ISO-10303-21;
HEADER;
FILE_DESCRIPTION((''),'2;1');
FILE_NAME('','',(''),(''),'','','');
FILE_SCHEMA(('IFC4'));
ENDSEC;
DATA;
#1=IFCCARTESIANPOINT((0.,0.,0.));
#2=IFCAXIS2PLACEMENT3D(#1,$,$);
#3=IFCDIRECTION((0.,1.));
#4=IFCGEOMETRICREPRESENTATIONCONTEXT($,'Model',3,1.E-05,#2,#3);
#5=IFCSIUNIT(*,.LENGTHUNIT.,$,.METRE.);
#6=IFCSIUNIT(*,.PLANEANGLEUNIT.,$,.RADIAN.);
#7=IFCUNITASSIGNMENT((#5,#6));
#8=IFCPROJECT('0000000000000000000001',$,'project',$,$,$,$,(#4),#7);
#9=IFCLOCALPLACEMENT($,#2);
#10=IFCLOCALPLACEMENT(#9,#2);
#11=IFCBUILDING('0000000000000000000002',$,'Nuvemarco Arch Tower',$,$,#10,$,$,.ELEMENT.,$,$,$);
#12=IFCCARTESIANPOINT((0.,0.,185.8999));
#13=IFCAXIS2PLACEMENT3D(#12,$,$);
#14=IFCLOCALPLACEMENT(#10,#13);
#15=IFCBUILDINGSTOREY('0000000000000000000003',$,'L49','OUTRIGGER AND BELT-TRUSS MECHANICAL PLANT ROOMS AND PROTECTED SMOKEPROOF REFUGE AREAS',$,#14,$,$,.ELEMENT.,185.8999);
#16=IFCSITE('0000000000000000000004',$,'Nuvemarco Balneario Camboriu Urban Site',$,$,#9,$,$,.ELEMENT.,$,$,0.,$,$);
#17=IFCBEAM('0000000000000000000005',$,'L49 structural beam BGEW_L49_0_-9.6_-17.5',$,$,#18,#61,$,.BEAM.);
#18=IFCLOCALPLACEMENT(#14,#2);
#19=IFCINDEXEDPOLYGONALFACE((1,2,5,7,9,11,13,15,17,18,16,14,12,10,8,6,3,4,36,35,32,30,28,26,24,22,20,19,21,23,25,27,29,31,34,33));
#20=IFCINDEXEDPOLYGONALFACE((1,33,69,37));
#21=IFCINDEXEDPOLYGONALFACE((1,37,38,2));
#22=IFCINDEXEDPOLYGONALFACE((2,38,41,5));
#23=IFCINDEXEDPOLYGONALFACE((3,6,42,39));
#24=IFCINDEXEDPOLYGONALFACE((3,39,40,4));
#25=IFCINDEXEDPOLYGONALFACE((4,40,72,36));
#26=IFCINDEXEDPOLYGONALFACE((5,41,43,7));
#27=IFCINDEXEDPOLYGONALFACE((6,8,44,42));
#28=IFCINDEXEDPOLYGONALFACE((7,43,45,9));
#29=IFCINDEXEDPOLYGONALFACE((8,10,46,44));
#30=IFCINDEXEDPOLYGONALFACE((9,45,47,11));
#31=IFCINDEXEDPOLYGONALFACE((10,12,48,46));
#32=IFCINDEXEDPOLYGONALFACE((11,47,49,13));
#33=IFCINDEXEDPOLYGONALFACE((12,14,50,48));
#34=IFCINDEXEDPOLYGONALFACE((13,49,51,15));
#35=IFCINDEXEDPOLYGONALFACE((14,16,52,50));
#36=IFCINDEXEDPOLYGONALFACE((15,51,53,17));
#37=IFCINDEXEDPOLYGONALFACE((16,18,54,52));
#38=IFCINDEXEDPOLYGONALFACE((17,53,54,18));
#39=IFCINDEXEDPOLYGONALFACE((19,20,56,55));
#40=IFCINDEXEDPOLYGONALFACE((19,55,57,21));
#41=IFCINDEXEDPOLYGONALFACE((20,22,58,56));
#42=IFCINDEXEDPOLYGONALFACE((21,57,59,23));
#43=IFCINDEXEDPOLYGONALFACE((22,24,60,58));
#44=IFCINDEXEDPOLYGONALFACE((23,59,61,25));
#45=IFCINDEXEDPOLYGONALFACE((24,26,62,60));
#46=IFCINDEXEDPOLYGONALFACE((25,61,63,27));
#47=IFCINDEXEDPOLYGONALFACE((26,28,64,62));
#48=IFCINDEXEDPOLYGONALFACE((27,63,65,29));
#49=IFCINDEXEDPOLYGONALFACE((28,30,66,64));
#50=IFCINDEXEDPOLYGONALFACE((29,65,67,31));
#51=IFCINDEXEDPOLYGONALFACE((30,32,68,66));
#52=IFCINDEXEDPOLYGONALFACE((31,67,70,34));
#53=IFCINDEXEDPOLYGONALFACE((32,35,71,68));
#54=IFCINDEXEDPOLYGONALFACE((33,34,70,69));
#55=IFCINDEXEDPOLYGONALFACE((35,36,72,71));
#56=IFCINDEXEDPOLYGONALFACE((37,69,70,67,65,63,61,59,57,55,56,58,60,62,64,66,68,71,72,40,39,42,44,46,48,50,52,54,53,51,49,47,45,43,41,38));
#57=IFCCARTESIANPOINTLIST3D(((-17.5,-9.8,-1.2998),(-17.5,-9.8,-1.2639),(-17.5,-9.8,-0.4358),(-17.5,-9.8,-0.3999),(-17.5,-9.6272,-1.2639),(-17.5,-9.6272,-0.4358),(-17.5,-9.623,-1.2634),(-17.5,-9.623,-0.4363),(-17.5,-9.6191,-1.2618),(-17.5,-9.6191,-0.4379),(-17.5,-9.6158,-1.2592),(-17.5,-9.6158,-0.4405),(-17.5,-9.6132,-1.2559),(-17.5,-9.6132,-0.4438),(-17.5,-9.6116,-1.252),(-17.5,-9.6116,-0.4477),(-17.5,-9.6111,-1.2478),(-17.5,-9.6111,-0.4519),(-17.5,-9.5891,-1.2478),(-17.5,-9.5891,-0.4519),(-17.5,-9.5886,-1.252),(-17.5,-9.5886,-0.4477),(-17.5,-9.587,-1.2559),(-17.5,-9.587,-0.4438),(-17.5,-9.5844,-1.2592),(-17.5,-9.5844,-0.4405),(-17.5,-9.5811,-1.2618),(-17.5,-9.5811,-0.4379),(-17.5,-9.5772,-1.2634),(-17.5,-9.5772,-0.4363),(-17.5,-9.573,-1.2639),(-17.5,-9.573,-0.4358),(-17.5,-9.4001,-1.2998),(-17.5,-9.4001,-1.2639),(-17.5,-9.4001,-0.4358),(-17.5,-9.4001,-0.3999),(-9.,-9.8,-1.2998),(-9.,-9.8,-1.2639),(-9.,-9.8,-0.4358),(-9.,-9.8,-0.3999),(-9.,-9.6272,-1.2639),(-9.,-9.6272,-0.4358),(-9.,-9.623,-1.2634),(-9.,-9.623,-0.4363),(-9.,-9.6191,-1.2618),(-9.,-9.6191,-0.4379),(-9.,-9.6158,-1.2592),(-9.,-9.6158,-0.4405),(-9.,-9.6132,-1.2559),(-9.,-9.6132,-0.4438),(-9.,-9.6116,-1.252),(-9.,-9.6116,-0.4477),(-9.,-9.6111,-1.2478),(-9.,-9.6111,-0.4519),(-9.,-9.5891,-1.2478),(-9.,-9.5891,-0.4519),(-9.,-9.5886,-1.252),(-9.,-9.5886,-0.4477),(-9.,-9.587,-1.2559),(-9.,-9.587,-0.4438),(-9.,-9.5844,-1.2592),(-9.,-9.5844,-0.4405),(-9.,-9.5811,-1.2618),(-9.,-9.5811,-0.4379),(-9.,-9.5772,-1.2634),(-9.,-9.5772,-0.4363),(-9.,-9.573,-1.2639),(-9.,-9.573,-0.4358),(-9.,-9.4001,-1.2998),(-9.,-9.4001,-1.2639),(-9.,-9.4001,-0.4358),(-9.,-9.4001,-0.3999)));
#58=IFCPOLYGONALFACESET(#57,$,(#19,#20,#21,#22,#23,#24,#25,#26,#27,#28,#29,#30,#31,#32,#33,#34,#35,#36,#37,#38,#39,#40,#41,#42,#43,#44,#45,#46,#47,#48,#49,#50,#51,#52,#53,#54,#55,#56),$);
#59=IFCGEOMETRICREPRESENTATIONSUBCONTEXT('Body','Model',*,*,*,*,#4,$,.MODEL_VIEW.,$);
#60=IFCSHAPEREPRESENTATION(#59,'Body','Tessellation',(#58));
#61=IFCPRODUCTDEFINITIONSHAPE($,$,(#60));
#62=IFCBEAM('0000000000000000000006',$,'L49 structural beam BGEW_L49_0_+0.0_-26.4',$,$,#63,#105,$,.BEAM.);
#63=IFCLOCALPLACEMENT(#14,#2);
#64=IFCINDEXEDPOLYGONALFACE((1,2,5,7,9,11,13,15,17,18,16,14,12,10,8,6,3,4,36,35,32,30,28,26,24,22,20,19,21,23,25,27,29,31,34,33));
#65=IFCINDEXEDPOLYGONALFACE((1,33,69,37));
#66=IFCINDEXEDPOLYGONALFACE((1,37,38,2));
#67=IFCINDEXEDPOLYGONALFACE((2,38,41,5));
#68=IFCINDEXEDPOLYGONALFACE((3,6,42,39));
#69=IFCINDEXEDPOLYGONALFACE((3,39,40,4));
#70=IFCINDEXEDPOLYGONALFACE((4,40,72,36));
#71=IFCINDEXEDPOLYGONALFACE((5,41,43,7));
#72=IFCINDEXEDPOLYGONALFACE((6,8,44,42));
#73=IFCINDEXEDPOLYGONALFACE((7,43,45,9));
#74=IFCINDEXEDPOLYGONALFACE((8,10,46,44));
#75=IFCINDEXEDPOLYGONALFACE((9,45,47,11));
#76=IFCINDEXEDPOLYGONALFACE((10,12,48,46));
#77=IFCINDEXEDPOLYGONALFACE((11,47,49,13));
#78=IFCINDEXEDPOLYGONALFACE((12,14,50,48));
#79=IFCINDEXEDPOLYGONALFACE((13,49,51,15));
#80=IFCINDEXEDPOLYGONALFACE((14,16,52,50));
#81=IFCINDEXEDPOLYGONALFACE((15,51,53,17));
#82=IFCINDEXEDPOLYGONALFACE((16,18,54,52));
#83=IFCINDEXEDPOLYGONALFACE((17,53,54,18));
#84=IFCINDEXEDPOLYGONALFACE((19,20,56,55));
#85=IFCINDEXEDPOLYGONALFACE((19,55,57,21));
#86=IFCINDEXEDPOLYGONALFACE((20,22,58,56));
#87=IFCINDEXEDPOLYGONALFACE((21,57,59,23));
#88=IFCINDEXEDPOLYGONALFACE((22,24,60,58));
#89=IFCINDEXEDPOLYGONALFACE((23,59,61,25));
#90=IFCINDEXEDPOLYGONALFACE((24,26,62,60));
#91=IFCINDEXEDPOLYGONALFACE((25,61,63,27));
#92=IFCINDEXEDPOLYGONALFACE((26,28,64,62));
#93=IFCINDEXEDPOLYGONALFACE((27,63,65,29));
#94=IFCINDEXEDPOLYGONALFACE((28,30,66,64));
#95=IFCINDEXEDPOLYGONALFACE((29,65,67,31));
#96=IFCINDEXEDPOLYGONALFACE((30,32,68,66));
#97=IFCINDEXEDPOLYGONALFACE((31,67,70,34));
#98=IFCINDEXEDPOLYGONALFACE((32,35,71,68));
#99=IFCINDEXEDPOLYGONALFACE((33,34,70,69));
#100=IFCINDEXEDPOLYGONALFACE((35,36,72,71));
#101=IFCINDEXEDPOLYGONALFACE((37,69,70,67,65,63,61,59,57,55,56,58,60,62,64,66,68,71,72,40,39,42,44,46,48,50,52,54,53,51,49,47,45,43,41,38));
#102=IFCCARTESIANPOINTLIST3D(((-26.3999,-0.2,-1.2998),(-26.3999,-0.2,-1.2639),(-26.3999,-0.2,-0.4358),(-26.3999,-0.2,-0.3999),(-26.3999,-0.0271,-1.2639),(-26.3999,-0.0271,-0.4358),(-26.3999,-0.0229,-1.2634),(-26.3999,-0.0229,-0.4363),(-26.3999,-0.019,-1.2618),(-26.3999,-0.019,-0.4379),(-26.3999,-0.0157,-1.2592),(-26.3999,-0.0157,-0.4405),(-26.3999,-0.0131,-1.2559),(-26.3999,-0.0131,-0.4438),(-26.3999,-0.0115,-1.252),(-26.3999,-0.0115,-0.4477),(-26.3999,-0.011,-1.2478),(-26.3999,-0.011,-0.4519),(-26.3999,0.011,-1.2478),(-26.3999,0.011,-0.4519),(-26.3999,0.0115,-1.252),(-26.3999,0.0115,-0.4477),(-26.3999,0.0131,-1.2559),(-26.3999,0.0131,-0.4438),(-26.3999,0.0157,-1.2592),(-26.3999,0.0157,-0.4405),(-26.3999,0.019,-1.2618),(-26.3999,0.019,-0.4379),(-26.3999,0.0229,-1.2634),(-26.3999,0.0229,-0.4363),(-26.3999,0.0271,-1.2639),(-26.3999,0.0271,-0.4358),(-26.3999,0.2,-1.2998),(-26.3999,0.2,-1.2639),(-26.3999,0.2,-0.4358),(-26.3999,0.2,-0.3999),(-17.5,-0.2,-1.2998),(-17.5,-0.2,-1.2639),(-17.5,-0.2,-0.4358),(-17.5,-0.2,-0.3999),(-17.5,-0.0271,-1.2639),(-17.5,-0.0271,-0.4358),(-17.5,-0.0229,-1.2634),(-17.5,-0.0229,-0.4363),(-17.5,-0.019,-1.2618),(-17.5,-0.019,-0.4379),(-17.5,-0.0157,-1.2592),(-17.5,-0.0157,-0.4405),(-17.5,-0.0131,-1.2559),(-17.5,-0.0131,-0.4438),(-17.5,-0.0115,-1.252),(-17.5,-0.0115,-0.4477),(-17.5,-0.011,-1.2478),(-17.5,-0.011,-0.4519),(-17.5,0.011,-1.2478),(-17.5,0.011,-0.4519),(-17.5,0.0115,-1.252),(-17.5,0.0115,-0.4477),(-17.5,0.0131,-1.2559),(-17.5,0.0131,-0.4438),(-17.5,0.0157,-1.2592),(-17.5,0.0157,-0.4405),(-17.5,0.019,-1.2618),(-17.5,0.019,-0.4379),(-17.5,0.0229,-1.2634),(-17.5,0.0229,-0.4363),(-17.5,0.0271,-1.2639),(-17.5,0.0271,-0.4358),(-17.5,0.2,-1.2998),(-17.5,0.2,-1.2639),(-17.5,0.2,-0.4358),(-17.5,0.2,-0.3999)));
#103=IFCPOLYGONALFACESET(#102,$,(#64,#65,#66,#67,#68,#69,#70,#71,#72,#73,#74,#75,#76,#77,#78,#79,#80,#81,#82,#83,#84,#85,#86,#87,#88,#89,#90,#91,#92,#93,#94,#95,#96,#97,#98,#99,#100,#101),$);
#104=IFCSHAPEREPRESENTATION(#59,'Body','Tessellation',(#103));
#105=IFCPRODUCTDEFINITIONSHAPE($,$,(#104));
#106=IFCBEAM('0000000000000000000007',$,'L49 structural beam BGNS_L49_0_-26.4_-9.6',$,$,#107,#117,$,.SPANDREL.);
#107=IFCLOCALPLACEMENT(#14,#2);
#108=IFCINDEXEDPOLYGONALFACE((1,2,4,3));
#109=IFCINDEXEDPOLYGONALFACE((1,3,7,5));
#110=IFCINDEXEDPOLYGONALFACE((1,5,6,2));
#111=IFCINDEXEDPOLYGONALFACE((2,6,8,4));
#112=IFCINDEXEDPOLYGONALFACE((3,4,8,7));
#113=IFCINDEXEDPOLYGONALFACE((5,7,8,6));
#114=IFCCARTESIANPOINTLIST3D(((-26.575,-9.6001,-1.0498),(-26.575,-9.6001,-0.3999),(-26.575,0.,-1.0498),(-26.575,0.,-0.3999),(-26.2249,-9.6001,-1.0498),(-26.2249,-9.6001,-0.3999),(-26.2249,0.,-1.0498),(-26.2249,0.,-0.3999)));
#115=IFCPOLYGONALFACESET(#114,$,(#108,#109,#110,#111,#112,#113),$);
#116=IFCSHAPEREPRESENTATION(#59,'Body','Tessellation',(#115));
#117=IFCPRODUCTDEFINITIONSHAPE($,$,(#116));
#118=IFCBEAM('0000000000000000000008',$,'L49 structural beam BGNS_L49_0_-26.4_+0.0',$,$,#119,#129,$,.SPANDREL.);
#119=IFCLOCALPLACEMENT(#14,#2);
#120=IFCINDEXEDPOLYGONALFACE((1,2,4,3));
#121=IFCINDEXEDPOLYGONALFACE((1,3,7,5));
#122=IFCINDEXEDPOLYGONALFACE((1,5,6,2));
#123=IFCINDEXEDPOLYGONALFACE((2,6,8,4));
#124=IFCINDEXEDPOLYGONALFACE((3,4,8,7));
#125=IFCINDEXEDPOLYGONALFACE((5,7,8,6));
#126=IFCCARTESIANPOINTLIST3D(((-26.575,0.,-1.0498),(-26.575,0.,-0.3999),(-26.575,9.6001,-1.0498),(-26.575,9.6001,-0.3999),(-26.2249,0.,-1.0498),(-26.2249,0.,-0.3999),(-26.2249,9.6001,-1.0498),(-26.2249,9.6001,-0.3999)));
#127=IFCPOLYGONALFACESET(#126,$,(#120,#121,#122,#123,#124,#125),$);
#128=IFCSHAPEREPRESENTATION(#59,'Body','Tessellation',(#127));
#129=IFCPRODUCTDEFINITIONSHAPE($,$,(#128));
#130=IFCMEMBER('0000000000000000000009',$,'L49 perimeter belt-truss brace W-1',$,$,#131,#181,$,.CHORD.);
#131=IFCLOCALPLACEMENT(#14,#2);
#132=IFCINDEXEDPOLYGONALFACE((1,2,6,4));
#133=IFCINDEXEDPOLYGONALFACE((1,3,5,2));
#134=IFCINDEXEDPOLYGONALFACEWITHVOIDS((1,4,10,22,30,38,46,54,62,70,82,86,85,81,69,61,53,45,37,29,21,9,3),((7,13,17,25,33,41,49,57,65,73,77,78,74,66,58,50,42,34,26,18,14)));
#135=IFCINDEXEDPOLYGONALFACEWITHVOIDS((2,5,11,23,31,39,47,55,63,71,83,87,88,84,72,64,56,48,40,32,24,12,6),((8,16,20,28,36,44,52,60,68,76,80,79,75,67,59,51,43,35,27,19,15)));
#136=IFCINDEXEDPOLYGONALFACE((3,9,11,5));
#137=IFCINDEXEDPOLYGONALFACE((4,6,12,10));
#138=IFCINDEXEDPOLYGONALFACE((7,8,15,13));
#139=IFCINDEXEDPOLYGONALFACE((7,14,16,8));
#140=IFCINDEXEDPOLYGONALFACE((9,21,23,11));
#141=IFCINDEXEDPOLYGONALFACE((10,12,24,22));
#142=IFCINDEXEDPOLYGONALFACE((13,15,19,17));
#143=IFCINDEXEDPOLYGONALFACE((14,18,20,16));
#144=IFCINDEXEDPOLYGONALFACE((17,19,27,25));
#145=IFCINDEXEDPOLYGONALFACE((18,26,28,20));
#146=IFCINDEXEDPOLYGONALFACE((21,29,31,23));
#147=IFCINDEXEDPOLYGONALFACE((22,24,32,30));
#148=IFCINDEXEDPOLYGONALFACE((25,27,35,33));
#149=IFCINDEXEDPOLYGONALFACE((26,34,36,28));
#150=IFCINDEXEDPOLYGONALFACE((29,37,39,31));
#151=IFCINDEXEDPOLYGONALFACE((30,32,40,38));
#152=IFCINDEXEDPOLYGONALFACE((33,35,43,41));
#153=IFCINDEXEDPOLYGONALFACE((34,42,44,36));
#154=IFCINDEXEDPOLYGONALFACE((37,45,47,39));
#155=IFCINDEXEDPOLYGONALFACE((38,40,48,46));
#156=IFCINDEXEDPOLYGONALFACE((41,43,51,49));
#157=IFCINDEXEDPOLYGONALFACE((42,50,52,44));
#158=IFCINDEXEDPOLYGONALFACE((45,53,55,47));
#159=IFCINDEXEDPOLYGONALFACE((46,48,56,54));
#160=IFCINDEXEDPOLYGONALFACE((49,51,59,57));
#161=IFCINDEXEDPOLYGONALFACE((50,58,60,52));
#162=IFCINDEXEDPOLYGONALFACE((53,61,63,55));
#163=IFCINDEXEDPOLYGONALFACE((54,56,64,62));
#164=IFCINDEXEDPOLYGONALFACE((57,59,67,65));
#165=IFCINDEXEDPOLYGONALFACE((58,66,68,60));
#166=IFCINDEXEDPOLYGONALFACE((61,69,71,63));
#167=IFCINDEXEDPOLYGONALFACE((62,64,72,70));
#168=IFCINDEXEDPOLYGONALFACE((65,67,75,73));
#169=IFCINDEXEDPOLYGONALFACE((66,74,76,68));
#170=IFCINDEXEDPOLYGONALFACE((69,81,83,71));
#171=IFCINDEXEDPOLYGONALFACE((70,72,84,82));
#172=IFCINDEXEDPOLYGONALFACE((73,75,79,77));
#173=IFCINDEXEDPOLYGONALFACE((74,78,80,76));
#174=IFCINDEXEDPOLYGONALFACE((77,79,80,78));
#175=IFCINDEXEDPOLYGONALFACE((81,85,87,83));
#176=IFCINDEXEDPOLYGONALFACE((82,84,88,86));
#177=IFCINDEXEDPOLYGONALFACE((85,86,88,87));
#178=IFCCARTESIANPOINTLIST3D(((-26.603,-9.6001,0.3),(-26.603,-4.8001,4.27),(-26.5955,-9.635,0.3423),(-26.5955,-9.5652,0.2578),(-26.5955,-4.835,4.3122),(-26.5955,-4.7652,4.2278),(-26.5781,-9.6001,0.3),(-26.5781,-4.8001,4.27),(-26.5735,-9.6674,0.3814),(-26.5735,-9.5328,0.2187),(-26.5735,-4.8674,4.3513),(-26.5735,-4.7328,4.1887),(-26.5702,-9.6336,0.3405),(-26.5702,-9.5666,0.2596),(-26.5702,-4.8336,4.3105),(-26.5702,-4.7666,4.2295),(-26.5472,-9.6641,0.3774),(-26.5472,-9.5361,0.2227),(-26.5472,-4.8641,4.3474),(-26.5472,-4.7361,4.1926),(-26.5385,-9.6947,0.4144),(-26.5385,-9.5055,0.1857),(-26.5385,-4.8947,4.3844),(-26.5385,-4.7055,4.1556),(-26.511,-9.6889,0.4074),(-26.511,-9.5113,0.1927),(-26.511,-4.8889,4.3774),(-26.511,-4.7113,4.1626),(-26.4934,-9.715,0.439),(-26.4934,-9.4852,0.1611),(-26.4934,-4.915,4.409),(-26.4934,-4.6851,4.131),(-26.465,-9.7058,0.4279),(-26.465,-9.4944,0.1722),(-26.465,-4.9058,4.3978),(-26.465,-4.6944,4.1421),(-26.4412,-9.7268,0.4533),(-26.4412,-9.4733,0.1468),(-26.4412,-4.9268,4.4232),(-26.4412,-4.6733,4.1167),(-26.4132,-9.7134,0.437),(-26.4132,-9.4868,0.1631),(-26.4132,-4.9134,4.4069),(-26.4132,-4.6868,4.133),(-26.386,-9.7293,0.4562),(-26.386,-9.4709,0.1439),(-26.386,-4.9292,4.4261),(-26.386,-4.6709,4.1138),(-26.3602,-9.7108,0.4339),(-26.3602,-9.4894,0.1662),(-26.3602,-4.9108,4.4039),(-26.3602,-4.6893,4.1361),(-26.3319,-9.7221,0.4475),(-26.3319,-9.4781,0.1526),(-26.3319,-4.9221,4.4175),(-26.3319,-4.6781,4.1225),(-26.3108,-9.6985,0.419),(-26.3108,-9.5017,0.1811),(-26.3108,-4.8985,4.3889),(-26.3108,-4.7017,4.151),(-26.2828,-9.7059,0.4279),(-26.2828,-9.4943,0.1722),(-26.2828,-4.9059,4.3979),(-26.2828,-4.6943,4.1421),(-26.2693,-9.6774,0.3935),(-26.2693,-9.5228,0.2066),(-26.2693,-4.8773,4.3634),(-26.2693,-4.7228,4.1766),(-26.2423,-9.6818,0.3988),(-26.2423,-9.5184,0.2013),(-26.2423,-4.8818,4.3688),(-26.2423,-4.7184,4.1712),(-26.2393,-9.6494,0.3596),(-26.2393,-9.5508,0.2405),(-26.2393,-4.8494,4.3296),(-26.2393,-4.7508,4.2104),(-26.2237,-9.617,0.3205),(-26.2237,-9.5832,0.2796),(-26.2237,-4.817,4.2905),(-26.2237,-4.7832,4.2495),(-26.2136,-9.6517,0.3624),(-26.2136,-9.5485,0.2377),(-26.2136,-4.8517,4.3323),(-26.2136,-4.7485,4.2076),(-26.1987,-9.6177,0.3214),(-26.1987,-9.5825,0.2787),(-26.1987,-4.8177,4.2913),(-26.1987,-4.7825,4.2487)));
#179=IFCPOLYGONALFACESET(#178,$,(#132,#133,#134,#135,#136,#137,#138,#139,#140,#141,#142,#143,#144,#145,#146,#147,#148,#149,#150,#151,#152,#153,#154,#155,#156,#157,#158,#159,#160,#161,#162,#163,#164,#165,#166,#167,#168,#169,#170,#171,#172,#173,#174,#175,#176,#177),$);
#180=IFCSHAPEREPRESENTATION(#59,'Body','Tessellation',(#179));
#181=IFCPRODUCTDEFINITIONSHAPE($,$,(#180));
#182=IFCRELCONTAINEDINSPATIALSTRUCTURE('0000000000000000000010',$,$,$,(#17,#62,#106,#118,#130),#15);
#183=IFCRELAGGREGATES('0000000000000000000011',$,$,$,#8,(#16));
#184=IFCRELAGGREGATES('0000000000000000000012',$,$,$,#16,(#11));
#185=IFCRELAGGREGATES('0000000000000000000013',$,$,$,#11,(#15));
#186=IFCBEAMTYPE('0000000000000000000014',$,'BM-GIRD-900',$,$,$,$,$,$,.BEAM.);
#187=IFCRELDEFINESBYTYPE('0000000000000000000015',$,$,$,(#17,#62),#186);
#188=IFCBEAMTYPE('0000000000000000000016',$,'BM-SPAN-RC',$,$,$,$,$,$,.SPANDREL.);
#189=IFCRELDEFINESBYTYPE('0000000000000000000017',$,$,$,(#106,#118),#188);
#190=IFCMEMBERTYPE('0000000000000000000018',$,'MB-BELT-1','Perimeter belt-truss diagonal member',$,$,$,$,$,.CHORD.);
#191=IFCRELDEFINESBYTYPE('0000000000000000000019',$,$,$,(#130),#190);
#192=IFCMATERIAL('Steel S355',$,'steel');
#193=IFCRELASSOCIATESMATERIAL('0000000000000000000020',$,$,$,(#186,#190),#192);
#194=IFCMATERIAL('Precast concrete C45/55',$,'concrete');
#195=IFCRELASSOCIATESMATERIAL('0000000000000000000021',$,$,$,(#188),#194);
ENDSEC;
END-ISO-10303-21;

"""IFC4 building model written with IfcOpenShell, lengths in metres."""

from ifc_helpers import new_model, si_unit, direction, frame, origin, origin_2d, place, context, subcontext, project, spatial, rectangle, hollow_circle, i_section, extrude, material, material_profile, profile_set, type_object, element, save


model = new_model("IFC4")

# Units and contexts
model_context = context("Model", 3, precision=1e-05, world=origin(), true_north=direction((0.0, 1.0)))
body_context = subcontext(model_context, "Body", "Model", "MODEL_VIEW")
ifc_project = project(units=[si_unit("LENGTHUNIT", "METRE"), si_unit("PLANEANGLEUNIT", "RADIAN")], contexts=[model_context])

# Site, building, storey
site_placement = place(None, origin())
site = spatial("IfcSite", under=ifc_project, at=site_placement, Name="Nuvemarco Balneario Camboriu Urban Site", CompositionType="ELEMENT", RefElevation=0.0)
building_placement = place(site_placement, origin())
building = spatial("IfcBuilding", under=site, at=building_placement, Name="Nuvemarco Arch Tower", CompositionType="ELEMENT")
storey_placement = place(building_placement, frame((0.0, 0.0, 185.8999)))
storey = spatial("IfcBuildingStorey", under=building, at=storey_placement, Name="L49", Description="OUTRIGGER AND BELT-TRUSS MECHANICAL PLANT ROOMS AND PROTECTED SMOKEPROOF REFUGE AREAS", CompositionType="ELEMENT", Elevation=185.8999)

# Shared definitions
ifc_material_1 = material(Name="Steel S355", Category="steel")

# Beams
ifc_material_profile_1 = material_profile(ifc_material_1, i_section(OverallWidth=0.3999, OverallDepth=0.8999, WebThickness=0.022, FlangeThickness=0.0359, FilletRadius=0.0161, at=origin_2d()), Name="PG900x400")
ifc_profile_set_1 = profile_set([ifc_material_profile_1], Name="Steel S355")
beam_type_1 = type_object("IfcBeamType", Name="BM-GIRD-900", PredefinedType="BEAM", material=ifc_profile_set_1)
beam_1_placement = place(storey_placement, frame((-17.5, -9.6001, -0.8499), z_axis=(1.0, 0.0, 0.0), x_axis=(0.0, 1.0, 0.0)))
element("IfcBeam", 1, at=beam_1_placement, inside=storey, type_object=beam_type_1, Name="L49 structural beam BGEW_L49_0_-9.6_-17.5", PredefinedType="BEAM", context=body_context, shape_type="SweptSolid", body=[
    extrude(i_section(OverallWidth=0.3999, OverallDepth=0.8999, WebThickness=0.022, FlangeThickness=0.0359, FilletRadius=0.0161, at=origin_2d()), origin(), (0.0, 0.0, 1.0), 8.5),
])
beam_2_placement = place(storey_placement, frame((-26.3999, 0.0, -0.8499), z_axis=(1.0, 0.0, 0.0), x_axis=(0.0, 1.0, 0.0)))
element("IfcBeam", 2, at=beam_2_placement, inside=storey, type_object=beam_type_1, Name="L49 structural beam BGEW_L49_0_+0.0_-26.4", PredefinedType="BEAM", context=body_context, shape_type="SweptSolid", body=[
    extrude(i_section(OverallWidth=0.3999, OverallDepth=0.8999, WebThickness=0.022, FlangeThickness=0.0359, FilletRadius=0.0161, at=origin_2d()), origin(), (0.0, 0.0, 1.0), 8.8999),
])
ifc_material_2 = material(Name="Precast concrete C45/55", Category="concrete")
ifc_material_profile_2 = material_profile(ifc_material_2, rectangle(XDim=0.3501, YDim=0.6499, at=origin_2d()), Name="PC-SP-350x650")
ifc_profile_set_2 = profile_set([ifc_material_profile_2], Name="Precast concrete C45/55")
beam_type_2 = type_object("IfcBeamType", Name="BM-SPAN-RC", PredefinedType="SPANDREL", material=ifc_profile_set_2)
for number, where, z_axis, x_axis, name in (
    (3, (-26.3999, -9.6001, -0.7249), (0.0, 1.0, 0.0), (-1.0, 0.0, 0.0), "L49 structural beam BGNS_L49_0_-26.4_-9.6"),
    (4, (-26.3999, 0.0, -0.7249), (0.0, 1.0, 0.0), (-1.0, 0.0, 0.0), "L49 structural beam BGNS_L49_0_-26.4_+0.0"),
):
    element("IfcBeam", number, at=place(storey_placement, frame(where, z_axis=z_axis, x_axis=x_axis)), inside=storey, type_object=beam_type_2, Name=name, PredefinedType="SPANDREL", context=body_context, shape_type="SweptSolid", body=[
        extrude(rectangle(XDim=0.3501, YDim=0.6499, at=origin_2d()), origin(), (0.0, 0.0, 1.0), 9.6001),
    ])

# Member
ifc_material_profile_3 = material_profile(ifc_material_1, hollow_circle(Radius=0.2031, WallThickness=0.0249, at=origin_2d()), Name="CHS406.4x25")
ifc_profile_set_3 = profile_set([ifc_material_profile_3], Name="Steel S355")
member_type_1 = type_object("IfcMemberType", Name="MB-BELT-1", Description="Perimeter belt-truss diagonal member", PredefinedType="CHORD", material=ifc_profile_set_3)
for number, where, z_axis, x_axis, name in (
    (5, (-26.3999, -9.6001, 0.3), (0.0, 0.77059, 0.637331), (-1.0, 0.0, 0.0), "L49 perimeter belt-truss brace W-1"),
):
    element("IfcMember", number, at=place(storey_placement, frame(where, z_axis=z_axis, x_axis=x_axis)), inside=storey, type_object=member_type_1, Name=name, PredefinedType="CHORD", context=body_context, shape_type="SweptSolid", body=[
        extrude(hollow_circle(Radius=0.2031, WallThickness=0.0249, at=origin_2d()), origin(), (0.0, 0.0, 1.0), 6.229),
    ])

save(model, "model.ifc")
